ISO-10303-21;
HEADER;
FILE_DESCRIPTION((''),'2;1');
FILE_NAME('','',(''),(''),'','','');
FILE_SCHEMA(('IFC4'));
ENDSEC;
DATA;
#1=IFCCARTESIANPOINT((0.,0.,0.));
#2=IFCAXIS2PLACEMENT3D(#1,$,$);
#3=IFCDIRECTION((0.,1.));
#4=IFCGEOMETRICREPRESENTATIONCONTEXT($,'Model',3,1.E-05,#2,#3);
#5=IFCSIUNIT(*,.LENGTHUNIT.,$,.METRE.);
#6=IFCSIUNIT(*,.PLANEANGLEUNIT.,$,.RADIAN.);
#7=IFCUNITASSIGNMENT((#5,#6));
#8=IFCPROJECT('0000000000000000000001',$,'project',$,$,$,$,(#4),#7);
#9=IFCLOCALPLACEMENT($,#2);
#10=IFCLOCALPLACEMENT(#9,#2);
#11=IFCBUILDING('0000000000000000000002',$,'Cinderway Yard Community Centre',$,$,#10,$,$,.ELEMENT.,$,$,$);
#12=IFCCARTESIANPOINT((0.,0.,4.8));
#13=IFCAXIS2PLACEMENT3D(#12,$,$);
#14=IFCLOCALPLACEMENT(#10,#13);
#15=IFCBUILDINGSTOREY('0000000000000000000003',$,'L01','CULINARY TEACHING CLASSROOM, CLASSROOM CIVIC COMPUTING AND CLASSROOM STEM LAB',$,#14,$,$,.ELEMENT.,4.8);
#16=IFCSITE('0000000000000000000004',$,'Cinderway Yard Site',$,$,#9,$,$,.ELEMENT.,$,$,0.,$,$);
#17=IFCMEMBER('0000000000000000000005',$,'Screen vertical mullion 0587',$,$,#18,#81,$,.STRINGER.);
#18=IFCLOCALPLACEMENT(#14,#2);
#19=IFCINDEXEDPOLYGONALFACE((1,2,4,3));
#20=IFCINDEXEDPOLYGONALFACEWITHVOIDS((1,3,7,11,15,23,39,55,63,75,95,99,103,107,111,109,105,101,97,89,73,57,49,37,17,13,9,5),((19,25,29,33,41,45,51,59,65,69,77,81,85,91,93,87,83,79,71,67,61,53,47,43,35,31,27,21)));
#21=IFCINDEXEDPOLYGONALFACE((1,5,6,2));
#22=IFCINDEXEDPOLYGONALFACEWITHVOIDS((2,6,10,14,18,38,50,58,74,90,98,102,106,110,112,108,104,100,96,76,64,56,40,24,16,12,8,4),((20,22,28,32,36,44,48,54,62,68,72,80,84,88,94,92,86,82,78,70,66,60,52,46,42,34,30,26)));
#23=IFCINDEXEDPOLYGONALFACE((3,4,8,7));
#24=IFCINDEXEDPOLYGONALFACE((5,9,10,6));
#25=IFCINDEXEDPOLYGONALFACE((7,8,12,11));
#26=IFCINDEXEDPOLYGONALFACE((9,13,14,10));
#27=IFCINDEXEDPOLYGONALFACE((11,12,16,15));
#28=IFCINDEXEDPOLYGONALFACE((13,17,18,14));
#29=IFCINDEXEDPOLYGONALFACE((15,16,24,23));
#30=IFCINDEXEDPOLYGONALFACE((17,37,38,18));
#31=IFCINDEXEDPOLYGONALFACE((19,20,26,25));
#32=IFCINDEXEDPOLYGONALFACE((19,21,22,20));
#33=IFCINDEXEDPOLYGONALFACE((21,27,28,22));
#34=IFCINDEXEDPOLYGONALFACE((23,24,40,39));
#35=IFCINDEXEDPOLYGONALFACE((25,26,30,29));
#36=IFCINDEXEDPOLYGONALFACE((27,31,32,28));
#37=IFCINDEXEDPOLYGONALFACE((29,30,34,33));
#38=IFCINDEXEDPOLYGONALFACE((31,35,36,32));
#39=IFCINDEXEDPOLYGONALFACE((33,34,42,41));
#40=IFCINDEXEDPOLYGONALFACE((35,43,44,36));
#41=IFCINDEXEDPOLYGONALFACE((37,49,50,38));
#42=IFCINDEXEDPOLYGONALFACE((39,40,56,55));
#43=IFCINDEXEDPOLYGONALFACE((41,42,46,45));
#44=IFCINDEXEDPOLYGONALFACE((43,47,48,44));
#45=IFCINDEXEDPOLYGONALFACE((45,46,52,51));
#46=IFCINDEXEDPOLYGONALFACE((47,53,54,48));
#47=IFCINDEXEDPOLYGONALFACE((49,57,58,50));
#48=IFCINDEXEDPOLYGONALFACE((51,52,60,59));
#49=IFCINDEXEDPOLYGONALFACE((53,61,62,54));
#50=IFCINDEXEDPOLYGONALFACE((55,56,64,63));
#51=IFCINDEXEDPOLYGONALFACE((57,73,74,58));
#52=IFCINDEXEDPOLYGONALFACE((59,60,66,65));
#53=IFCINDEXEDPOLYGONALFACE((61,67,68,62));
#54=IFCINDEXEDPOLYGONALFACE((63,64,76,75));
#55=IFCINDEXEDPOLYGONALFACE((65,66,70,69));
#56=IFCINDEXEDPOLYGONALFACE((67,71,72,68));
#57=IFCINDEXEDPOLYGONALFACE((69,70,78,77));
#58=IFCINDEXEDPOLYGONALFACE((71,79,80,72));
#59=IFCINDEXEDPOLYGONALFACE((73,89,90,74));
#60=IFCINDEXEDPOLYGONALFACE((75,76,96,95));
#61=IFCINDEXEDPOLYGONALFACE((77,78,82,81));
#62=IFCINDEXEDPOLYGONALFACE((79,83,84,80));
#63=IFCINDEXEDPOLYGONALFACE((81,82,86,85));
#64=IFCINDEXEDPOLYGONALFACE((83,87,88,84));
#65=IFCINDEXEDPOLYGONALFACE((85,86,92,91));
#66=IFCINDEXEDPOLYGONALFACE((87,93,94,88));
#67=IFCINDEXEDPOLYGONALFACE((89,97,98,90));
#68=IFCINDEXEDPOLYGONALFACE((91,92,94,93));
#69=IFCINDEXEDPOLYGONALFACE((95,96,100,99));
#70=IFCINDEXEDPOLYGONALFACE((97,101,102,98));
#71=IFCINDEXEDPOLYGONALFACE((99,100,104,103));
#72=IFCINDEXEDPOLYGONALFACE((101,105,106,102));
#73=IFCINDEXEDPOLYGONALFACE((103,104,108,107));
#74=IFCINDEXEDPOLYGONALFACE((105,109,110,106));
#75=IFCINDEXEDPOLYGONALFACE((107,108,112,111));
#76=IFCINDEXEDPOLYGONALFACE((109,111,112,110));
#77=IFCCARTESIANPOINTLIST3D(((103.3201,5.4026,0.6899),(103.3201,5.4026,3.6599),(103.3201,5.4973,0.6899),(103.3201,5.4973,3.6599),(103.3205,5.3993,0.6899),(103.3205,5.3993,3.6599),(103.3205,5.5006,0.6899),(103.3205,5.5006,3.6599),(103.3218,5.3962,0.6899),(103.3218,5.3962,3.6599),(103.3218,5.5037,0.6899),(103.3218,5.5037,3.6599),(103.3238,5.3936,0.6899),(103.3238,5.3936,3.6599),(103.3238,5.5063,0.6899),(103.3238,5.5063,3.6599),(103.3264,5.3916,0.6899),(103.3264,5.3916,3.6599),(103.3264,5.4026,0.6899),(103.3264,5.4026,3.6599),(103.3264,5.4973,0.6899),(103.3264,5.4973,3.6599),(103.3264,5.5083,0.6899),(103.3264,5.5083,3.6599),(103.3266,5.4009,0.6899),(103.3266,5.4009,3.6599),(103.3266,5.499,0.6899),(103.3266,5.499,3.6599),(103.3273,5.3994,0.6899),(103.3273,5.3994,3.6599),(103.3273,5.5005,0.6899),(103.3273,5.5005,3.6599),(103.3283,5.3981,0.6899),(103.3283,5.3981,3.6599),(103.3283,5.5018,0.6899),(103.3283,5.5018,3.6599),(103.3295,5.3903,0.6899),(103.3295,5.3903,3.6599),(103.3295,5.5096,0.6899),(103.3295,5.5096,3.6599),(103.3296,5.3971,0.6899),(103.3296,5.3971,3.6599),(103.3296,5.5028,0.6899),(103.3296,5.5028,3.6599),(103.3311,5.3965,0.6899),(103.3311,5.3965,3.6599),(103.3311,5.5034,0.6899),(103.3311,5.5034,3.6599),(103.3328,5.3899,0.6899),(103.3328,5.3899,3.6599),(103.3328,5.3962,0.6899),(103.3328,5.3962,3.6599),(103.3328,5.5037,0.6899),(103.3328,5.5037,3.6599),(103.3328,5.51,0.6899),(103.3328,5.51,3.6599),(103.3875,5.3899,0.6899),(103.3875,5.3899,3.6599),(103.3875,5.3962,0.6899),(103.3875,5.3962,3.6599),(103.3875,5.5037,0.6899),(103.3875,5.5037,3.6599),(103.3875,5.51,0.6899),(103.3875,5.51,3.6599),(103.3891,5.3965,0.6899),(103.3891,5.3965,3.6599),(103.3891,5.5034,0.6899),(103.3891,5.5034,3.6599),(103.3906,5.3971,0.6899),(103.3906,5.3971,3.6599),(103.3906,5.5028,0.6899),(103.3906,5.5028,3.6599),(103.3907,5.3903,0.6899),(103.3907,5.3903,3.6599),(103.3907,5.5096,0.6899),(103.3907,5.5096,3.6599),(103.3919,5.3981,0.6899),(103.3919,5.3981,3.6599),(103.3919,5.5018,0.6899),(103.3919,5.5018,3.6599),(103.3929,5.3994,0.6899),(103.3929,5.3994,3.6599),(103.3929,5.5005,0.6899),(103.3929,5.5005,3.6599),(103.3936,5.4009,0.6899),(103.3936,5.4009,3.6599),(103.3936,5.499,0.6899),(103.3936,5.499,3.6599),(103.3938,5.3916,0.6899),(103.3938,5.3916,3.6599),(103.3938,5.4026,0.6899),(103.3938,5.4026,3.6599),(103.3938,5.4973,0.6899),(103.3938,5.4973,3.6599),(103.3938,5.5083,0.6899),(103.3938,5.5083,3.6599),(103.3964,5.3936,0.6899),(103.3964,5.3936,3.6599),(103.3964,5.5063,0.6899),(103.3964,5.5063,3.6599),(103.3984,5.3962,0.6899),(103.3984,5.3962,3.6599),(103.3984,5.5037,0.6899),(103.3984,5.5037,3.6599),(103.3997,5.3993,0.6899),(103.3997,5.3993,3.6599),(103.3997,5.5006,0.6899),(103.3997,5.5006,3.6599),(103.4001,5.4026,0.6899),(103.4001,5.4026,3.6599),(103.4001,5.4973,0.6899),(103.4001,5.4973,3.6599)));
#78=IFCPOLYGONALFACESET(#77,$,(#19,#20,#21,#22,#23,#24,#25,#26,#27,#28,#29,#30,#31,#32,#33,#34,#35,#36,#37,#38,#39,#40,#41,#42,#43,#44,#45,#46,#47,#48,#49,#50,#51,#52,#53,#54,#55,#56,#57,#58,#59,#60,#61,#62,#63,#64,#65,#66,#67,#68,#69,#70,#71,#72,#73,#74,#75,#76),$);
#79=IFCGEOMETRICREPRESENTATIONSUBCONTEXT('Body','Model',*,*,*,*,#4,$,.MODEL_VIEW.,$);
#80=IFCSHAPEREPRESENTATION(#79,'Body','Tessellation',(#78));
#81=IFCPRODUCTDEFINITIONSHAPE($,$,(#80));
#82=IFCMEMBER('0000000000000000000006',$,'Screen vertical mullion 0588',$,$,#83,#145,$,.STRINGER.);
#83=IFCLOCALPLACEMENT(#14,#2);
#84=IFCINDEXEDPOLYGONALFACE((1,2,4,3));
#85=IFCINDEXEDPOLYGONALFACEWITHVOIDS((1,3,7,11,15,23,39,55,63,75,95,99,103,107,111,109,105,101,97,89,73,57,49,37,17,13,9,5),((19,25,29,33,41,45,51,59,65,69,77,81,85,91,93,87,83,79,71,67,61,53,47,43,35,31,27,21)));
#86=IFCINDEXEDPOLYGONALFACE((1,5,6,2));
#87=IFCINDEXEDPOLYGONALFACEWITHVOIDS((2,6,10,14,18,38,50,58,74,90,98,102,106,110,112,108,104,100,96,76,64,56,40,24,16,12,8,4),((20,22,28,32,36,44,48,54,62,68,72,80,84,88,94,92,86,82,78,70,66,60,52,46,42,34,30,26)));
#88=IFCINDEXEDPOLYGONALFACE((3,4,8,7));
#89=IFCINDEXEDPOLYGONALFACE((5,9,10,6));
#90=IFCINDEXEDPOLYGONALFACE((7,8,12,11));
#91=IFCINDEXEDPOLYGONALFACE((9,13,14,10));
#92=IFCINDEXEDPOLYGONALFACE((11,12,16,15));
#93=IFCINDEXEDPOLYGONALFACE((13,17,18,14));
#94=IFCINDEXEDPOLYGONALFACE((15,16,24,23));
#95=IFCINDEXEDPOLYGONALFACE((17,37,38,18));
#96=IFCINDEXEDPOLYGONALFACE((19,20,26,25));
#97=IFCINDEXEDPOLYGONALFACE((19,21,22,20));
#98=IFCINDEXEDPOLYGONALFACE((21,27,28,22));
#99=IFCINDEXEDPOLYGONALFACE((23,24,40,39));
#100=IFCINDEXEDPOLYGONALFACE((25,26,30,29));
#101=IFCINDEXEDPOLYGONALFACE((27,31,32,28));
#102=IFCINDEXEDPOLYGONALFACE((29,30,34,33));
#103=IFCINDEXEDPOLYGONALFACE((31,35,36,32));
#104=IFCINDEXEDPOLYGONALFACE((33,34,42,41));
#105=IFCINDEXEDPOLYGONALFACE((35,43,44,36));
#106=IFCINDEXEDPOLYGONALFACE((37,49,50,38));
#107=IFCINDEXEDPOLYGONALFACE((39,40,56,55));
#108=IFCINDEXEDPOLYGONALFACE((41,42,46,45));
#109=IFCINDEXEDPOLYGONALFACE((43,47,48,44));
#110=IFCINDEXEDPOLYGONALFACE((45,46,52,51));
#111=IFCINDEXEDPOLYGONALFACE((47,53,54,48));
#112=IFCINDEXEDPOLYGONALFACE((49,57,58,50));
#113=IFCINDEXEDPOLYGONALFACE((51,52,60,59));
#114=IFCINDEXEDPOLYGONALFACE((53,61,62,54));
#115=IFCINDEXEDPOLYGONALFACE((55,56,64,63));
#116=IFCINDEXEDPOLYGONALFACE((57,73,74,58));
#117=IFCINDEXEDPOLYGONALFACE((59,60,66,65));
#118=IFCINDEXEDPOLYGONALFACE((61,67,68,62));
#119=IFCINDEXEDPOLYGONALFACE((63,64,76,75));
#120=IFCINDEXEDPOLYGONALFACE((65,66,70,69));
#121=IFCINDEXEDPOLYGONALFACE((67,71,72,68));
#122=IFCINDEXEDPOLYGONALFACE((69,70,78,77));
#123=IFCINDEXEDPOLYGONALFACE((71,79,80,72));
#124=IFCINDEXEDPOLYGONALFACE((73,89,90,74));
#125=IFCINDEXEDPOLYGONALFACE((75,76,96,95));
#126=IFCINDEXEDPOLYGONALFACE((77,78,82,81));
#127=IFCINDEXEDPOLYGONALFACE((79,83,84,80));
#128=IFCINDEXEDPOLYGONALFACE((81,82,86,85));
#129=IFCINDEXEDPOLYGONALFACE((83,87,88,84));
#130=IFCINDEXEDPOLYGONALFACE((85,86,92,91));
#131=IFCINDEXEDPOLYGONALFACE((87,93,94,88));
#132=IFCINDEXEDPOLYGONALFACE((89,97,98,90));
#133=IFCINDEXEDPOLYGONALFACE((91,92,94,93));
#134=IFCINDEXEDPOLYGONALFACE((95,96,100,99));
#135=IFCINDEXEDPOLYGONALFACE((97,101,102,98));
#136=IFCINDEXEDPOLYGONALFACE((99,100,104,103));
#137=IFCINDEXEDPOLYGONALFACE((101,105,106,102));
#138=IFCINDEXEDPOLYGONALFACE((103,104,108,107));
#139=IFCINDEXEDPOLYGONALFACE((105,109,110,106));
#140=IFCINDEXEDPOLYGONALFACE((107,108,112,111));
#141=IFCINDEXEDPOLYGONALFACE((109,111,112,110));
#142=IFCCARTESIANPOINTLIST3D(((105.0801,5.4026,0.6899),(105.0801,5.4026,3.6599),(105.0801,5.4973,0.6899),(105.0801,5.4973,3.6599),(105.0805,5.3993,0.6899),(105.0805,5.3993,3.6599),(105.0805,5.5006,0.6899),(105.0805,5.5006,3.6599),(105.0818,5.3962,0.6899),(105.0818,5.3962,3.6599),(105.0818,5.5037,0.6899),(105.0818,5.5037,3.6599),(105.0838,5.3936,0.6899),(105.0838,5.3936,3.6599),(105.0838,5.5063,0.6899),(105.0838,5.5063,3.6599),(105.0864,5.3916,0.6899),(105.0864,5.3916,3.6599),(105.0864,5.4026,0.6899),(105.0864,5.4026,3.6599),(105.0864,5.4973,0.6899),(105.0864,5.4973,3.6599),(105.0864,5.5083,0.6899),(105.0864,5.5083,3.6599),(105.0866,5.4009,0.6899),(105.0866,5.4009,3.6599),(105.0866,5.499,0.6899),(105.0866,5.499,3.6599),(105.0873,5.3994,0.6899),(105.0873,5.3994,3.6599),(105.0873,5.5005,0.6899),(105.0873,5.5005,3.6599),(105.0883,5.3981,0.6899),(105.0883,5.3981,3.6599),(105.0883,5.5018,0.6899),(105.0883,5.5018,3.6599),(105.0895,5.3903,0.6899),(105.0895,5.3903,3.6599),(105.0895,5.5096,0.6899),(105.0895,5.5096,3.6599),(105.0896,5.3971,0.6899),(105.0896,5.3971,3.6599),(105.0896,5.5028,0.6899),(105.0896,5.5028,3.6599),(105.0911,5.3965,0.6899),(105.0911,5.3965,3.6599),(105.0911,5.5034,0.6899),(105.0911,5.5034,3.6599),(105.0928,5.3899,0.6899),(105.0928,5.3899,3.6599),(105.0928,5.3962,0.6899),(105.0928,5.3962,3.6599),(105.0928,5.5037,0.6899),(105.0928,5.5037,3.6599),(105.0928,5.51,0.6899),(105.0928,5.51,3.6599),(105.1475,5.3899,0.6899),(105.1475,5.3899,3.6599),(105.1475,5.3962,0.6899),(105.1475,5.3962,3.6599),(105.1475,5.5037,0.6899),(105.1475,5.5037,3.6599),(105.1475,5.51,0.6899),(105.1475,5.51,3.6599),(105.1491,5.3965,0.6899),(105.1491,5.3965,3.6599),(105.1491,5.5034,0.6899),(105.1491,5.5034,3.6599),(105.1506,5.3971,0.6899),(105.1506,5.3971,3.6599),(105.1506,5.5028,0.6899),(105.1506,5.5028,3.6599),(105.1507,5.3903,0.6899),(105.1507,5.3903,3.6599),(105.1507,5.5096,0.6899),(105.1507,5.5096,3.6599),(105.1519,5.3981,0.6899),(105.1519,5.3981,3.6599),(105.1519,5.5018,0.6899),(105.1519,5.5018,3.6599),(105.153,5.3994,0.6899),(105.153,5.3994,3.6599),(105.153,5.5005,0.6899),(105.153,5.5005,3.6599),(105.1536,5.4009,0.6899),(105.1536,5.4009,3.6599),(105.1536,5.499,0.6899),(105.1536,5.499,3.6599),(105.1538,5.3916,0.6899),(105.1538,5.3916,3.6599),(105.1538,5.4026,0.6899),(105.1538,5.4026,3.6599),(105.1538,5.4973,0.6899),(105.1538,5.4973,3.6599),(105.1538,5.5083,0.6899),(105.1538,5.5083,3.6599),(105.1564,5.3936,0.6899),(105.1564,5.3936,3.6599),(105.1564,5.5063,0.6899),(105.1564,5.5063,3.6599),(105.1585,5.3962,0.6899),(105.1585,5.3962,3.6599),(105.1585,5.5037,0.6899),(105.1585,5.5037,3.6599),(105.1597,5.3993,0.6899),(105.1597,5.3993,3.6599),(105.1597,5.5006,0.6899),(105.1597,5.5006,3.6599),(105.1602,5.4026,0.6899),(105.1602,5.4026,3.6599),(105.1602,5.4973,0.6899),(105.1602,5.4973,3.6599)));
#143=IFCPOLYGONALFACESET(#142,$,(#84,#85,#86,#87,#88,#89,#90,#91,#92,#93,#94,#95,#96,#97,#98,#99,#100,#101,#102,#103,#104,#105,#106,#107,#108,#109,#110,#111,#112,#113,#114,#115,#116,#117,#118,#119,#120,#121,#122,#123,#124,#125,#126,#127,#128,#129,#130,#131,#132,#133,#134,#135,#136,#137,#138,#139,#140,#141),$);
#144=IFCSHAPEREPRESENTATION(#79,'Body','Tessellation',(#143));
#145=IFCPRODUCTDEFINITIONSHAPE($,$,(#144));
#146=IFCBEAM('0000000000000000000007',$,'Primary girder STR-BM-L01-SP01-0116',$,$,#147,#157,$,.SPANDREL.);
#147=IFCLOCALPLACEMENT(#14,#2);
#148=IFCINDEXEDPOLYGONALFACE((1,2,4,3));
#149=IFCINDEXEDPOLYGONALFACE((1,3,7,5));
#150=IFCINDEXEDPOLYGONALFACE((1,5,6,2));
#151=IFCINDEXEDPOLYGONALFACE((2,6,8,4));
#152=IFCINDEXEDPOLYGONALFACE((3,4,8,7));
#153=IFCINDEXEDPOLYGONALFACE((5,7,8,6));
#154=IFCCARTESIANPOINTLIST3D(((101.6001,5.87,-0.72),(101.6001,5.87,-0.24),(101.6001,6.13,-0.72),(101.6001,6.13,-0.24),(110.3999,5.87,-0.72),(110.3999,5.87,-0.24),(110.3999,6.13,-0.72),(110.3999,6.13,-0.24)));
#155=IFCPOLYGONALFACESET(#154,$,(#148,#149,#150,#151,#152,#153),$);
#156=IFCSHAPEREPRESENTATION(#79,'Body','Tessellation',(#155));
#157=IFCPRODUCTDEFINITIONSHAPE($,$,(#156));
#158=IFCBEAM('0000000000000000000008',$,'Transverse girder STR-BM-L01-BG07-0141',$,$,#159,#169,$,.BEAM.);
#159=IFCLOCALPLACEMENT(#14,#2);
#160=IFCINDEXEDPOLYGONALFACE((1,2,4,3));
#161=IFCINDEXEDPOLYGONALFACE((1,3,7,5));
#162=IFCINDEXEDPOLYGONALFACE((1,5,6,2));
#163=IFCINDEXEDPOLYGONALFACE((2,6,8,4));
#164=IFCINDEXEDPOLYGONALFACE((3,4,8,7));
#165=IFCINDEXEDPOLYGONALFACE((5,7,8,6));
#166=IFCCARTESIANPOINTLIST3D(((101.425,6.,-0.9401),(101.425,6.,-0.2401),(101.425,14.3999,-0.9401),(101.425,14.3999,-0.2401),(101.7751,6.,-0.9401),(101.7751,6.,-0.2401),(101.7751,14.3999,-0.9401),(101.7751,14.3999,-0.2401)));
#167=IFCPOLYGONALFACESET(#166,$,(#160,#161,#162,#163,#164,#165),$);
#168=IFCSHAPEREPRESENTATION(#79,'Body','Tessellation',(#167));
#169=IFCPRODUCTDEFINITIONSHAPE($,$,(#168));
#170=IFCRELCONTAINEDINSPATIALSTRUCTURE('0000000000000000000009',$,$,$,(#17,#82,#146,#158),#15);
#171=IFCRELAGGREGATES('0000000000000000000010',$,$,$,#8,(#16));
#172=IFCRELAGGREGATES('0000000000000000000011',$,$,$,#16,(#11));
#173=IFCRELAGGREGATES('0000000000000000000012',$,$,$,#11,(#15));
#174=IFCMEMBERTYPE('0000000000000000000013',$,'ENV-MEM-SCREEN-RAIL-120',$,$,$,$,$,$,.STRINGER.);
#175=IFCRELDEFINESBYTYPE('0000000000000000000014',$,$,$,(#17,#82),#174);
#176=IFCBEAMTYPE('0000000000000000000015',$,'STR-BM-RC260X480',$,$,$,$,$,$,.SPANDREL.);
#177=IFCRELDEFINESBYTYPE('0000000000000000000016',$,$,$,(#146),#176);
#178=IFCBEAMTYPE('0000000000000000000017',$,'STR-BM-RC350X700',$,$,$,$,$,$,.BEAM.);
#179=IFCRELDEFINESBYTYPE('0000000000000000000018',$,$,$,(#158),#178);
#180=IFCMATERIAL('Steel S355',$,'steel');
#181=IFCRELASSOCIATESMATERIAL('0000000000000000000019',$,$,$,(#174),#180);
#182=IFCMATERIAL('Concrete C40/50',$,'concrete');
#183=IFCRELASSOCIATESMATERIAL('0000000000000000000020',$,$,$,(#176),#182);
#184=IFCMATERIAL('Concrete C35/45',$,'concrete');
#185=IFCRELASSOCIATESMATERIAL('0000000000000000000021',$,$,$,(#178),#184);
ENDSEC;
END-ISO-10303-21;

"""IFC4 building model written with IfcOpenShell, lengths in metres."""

from ifc_helpers import new_model, si_unit, direction, frame, origin, origin_2d, place, context, subcontext, project, spatial, rectangle, hollow_rectangle, extrude, material, material_profile, profile_set, type_object, element, save


model = new_model("IFC4")

# Units and contexts
model_context = context("Model", 3, precision=1e-05, world=origin(), true_north=direction((0.0, 1.0)))
body_context = subcontext(model_context, "Body", "Model", "MODEL_VIEW")
ifc_project = project(units=[si_unit("LENGTHUNIT", "METRE"), si_unit("PLANEANGLEUNIT", "RADIAN")], contexts=[model_context])

# Site, building, storey
site_placement = place(None, origin())
site = spatial("IfcSite", under=ifc_project, at=site_placement, Name="Cinderway Yard Site", CompositionType="ELEMENT", RefElevation=0.0)
building_placement = place(site_placement, origin())
building = spatial("IfcBuilding", under=site, at=building_placement, Name="Cinderway Yard Community Centre", CompositionType="ELEMENT")
storey_placement = place(building_placement, frame((0.0, 0.0, 4.8)))
storey = spatial("IfcBuildingStorey", under=building, at=storey_placement, Name="L01", Description="CULINARY TEACHING CLASSROOM, CLASSROOM CIVIC COMPUTING AND CLASSROOM STEM LAB", CompositionType="ELEMENT", Elevation=4.8)

# Shared definitions
ifc_material_1 = material(Name="Concrete C40/50", Category="concrete")

# Members
ifc_material_2 = material(Name="Steel S355", Category="steel")
ifc_material_profile_1 = material_profile(ifc_material_2, hollow_rectangle(XDim=0.0801, YDim=0.1201, WallThickness=0.0063, InnerFilletRadius=0.0063, OuterFilletRadius=0.0127, at=origin_2d()), Name="Steel S355")
ifc_profile_set_1 = profile_set([ifc_material_profile_1], Name="Steel S355")
member_type_1 = type_object("IfcMemberType", Name="ENV-MEM-SCREEN-RAIL-120", PredefinedType="STRINGER", material=ifc_profile_set_1)
for number, where, z_axis, x_axis, name in (
    (1, (103.3601, 5.45, 0.6899), (0.0, 0.0, 1.0), (1.0, 0.0, 0.0), "Screen vertical mullion 0587"),
    (2, (105.1201, 5.45, 0.6899), (0.0, 0.0, 1.0), (1.0, 0.0, 0.0), "Screen vertical mullion 0588"),
):
    element("IfcMember", number, at=place(storey_placement, frame(where, z_axis=z_axis, x_axis=x_axis)), inside=storey, type_object=member_type_1, Name=name, PredefinedType="STRINGER", context=body_context, shape_type="SweptSolid", body=[
        extrude(hollow_rectangle(XDim=0.0801, YDim=0.1201, WallThickness=0.0063, InnerFilletRadius=0.0063, OuterFilletRadius=0.0127, at=origin_2d()), origin(), (0.0, 0.0, 1.0), 2.97),
    ])

# Beams
ifc_material_profile_2 = material_profile(ifc_material_1, rectangle(XDim=0.26, YDim=0.48, at=origin_2d()), Name="Concrete C40/50")
ifc_profile_set_2 = profile_set([ifc_material_profile_2], Name="Concrete C40/50")
beam_type_1 = type_object("IfcBeamType", Name="STR-BM-RC260X480", PredefinedType="SPANDREL", material=ifc_profile_set_2)
beam_1_placement = place(storey_placement, frame((101.6001, 6.0, -0.48), z_axis=(1.0, 0.0, 0.0), x_axis=(0.0, 1.0, 0.0)))
element("IfcBeam", 3, at=beam_1_placement, inside=storey, type_object=beam_type_1, Name="Primary girder STR-BM-L01-SP01-0116", PredefinedType="SPANDREL", context=body_context, shape_type="SweptSolid", body=[
    extrude(rectangle(XDim=0.26, YDim=0.48, at=origin_2d()), origin(), (0.0, 0.0, 1.0), 8.7998),
])
ifc_material_3 = material(Name="Concrete C35/45", Category="concrete")
ifc_material_profile_3 = material_profile(ifc_material_3, rectangle(XDim=0.3501, YDim=0.7, at=origin_2d()), Name="Concrete C35/45")
ifc_profile_set_3 = profile_set([ifc_material_profile_3], Name="Concrete C35/45")
beam_type_2 = type_object("IfcBeamType", Name="STR-BM-RC350X700", PredefinedType="BEAM", material=ifc_profile_set_3)
beam_2_placement = place(storey_placement, frame((101.6001, 6.0, -0.5901), z_axis=(0.0, 1.0, 0.0), x_axis=(-1.0, 0.0, 0.0)))
element("IfcBeam", 4, at=beam_2_placement, inside=storey, type_object=beam_type_2, Name="Transverse girder STR-BM-L01-BG07-0141", PredefinedType="BEAM", context=body_context, shape_type="SweptSolid", body=[
    extrude(rectangle(XDim=0.3501, YDim=0.7, at=origin_2d()), origin(), (0.0, 0.0, 1.0), 8.3999),
])

save(model, "model.ifc")
